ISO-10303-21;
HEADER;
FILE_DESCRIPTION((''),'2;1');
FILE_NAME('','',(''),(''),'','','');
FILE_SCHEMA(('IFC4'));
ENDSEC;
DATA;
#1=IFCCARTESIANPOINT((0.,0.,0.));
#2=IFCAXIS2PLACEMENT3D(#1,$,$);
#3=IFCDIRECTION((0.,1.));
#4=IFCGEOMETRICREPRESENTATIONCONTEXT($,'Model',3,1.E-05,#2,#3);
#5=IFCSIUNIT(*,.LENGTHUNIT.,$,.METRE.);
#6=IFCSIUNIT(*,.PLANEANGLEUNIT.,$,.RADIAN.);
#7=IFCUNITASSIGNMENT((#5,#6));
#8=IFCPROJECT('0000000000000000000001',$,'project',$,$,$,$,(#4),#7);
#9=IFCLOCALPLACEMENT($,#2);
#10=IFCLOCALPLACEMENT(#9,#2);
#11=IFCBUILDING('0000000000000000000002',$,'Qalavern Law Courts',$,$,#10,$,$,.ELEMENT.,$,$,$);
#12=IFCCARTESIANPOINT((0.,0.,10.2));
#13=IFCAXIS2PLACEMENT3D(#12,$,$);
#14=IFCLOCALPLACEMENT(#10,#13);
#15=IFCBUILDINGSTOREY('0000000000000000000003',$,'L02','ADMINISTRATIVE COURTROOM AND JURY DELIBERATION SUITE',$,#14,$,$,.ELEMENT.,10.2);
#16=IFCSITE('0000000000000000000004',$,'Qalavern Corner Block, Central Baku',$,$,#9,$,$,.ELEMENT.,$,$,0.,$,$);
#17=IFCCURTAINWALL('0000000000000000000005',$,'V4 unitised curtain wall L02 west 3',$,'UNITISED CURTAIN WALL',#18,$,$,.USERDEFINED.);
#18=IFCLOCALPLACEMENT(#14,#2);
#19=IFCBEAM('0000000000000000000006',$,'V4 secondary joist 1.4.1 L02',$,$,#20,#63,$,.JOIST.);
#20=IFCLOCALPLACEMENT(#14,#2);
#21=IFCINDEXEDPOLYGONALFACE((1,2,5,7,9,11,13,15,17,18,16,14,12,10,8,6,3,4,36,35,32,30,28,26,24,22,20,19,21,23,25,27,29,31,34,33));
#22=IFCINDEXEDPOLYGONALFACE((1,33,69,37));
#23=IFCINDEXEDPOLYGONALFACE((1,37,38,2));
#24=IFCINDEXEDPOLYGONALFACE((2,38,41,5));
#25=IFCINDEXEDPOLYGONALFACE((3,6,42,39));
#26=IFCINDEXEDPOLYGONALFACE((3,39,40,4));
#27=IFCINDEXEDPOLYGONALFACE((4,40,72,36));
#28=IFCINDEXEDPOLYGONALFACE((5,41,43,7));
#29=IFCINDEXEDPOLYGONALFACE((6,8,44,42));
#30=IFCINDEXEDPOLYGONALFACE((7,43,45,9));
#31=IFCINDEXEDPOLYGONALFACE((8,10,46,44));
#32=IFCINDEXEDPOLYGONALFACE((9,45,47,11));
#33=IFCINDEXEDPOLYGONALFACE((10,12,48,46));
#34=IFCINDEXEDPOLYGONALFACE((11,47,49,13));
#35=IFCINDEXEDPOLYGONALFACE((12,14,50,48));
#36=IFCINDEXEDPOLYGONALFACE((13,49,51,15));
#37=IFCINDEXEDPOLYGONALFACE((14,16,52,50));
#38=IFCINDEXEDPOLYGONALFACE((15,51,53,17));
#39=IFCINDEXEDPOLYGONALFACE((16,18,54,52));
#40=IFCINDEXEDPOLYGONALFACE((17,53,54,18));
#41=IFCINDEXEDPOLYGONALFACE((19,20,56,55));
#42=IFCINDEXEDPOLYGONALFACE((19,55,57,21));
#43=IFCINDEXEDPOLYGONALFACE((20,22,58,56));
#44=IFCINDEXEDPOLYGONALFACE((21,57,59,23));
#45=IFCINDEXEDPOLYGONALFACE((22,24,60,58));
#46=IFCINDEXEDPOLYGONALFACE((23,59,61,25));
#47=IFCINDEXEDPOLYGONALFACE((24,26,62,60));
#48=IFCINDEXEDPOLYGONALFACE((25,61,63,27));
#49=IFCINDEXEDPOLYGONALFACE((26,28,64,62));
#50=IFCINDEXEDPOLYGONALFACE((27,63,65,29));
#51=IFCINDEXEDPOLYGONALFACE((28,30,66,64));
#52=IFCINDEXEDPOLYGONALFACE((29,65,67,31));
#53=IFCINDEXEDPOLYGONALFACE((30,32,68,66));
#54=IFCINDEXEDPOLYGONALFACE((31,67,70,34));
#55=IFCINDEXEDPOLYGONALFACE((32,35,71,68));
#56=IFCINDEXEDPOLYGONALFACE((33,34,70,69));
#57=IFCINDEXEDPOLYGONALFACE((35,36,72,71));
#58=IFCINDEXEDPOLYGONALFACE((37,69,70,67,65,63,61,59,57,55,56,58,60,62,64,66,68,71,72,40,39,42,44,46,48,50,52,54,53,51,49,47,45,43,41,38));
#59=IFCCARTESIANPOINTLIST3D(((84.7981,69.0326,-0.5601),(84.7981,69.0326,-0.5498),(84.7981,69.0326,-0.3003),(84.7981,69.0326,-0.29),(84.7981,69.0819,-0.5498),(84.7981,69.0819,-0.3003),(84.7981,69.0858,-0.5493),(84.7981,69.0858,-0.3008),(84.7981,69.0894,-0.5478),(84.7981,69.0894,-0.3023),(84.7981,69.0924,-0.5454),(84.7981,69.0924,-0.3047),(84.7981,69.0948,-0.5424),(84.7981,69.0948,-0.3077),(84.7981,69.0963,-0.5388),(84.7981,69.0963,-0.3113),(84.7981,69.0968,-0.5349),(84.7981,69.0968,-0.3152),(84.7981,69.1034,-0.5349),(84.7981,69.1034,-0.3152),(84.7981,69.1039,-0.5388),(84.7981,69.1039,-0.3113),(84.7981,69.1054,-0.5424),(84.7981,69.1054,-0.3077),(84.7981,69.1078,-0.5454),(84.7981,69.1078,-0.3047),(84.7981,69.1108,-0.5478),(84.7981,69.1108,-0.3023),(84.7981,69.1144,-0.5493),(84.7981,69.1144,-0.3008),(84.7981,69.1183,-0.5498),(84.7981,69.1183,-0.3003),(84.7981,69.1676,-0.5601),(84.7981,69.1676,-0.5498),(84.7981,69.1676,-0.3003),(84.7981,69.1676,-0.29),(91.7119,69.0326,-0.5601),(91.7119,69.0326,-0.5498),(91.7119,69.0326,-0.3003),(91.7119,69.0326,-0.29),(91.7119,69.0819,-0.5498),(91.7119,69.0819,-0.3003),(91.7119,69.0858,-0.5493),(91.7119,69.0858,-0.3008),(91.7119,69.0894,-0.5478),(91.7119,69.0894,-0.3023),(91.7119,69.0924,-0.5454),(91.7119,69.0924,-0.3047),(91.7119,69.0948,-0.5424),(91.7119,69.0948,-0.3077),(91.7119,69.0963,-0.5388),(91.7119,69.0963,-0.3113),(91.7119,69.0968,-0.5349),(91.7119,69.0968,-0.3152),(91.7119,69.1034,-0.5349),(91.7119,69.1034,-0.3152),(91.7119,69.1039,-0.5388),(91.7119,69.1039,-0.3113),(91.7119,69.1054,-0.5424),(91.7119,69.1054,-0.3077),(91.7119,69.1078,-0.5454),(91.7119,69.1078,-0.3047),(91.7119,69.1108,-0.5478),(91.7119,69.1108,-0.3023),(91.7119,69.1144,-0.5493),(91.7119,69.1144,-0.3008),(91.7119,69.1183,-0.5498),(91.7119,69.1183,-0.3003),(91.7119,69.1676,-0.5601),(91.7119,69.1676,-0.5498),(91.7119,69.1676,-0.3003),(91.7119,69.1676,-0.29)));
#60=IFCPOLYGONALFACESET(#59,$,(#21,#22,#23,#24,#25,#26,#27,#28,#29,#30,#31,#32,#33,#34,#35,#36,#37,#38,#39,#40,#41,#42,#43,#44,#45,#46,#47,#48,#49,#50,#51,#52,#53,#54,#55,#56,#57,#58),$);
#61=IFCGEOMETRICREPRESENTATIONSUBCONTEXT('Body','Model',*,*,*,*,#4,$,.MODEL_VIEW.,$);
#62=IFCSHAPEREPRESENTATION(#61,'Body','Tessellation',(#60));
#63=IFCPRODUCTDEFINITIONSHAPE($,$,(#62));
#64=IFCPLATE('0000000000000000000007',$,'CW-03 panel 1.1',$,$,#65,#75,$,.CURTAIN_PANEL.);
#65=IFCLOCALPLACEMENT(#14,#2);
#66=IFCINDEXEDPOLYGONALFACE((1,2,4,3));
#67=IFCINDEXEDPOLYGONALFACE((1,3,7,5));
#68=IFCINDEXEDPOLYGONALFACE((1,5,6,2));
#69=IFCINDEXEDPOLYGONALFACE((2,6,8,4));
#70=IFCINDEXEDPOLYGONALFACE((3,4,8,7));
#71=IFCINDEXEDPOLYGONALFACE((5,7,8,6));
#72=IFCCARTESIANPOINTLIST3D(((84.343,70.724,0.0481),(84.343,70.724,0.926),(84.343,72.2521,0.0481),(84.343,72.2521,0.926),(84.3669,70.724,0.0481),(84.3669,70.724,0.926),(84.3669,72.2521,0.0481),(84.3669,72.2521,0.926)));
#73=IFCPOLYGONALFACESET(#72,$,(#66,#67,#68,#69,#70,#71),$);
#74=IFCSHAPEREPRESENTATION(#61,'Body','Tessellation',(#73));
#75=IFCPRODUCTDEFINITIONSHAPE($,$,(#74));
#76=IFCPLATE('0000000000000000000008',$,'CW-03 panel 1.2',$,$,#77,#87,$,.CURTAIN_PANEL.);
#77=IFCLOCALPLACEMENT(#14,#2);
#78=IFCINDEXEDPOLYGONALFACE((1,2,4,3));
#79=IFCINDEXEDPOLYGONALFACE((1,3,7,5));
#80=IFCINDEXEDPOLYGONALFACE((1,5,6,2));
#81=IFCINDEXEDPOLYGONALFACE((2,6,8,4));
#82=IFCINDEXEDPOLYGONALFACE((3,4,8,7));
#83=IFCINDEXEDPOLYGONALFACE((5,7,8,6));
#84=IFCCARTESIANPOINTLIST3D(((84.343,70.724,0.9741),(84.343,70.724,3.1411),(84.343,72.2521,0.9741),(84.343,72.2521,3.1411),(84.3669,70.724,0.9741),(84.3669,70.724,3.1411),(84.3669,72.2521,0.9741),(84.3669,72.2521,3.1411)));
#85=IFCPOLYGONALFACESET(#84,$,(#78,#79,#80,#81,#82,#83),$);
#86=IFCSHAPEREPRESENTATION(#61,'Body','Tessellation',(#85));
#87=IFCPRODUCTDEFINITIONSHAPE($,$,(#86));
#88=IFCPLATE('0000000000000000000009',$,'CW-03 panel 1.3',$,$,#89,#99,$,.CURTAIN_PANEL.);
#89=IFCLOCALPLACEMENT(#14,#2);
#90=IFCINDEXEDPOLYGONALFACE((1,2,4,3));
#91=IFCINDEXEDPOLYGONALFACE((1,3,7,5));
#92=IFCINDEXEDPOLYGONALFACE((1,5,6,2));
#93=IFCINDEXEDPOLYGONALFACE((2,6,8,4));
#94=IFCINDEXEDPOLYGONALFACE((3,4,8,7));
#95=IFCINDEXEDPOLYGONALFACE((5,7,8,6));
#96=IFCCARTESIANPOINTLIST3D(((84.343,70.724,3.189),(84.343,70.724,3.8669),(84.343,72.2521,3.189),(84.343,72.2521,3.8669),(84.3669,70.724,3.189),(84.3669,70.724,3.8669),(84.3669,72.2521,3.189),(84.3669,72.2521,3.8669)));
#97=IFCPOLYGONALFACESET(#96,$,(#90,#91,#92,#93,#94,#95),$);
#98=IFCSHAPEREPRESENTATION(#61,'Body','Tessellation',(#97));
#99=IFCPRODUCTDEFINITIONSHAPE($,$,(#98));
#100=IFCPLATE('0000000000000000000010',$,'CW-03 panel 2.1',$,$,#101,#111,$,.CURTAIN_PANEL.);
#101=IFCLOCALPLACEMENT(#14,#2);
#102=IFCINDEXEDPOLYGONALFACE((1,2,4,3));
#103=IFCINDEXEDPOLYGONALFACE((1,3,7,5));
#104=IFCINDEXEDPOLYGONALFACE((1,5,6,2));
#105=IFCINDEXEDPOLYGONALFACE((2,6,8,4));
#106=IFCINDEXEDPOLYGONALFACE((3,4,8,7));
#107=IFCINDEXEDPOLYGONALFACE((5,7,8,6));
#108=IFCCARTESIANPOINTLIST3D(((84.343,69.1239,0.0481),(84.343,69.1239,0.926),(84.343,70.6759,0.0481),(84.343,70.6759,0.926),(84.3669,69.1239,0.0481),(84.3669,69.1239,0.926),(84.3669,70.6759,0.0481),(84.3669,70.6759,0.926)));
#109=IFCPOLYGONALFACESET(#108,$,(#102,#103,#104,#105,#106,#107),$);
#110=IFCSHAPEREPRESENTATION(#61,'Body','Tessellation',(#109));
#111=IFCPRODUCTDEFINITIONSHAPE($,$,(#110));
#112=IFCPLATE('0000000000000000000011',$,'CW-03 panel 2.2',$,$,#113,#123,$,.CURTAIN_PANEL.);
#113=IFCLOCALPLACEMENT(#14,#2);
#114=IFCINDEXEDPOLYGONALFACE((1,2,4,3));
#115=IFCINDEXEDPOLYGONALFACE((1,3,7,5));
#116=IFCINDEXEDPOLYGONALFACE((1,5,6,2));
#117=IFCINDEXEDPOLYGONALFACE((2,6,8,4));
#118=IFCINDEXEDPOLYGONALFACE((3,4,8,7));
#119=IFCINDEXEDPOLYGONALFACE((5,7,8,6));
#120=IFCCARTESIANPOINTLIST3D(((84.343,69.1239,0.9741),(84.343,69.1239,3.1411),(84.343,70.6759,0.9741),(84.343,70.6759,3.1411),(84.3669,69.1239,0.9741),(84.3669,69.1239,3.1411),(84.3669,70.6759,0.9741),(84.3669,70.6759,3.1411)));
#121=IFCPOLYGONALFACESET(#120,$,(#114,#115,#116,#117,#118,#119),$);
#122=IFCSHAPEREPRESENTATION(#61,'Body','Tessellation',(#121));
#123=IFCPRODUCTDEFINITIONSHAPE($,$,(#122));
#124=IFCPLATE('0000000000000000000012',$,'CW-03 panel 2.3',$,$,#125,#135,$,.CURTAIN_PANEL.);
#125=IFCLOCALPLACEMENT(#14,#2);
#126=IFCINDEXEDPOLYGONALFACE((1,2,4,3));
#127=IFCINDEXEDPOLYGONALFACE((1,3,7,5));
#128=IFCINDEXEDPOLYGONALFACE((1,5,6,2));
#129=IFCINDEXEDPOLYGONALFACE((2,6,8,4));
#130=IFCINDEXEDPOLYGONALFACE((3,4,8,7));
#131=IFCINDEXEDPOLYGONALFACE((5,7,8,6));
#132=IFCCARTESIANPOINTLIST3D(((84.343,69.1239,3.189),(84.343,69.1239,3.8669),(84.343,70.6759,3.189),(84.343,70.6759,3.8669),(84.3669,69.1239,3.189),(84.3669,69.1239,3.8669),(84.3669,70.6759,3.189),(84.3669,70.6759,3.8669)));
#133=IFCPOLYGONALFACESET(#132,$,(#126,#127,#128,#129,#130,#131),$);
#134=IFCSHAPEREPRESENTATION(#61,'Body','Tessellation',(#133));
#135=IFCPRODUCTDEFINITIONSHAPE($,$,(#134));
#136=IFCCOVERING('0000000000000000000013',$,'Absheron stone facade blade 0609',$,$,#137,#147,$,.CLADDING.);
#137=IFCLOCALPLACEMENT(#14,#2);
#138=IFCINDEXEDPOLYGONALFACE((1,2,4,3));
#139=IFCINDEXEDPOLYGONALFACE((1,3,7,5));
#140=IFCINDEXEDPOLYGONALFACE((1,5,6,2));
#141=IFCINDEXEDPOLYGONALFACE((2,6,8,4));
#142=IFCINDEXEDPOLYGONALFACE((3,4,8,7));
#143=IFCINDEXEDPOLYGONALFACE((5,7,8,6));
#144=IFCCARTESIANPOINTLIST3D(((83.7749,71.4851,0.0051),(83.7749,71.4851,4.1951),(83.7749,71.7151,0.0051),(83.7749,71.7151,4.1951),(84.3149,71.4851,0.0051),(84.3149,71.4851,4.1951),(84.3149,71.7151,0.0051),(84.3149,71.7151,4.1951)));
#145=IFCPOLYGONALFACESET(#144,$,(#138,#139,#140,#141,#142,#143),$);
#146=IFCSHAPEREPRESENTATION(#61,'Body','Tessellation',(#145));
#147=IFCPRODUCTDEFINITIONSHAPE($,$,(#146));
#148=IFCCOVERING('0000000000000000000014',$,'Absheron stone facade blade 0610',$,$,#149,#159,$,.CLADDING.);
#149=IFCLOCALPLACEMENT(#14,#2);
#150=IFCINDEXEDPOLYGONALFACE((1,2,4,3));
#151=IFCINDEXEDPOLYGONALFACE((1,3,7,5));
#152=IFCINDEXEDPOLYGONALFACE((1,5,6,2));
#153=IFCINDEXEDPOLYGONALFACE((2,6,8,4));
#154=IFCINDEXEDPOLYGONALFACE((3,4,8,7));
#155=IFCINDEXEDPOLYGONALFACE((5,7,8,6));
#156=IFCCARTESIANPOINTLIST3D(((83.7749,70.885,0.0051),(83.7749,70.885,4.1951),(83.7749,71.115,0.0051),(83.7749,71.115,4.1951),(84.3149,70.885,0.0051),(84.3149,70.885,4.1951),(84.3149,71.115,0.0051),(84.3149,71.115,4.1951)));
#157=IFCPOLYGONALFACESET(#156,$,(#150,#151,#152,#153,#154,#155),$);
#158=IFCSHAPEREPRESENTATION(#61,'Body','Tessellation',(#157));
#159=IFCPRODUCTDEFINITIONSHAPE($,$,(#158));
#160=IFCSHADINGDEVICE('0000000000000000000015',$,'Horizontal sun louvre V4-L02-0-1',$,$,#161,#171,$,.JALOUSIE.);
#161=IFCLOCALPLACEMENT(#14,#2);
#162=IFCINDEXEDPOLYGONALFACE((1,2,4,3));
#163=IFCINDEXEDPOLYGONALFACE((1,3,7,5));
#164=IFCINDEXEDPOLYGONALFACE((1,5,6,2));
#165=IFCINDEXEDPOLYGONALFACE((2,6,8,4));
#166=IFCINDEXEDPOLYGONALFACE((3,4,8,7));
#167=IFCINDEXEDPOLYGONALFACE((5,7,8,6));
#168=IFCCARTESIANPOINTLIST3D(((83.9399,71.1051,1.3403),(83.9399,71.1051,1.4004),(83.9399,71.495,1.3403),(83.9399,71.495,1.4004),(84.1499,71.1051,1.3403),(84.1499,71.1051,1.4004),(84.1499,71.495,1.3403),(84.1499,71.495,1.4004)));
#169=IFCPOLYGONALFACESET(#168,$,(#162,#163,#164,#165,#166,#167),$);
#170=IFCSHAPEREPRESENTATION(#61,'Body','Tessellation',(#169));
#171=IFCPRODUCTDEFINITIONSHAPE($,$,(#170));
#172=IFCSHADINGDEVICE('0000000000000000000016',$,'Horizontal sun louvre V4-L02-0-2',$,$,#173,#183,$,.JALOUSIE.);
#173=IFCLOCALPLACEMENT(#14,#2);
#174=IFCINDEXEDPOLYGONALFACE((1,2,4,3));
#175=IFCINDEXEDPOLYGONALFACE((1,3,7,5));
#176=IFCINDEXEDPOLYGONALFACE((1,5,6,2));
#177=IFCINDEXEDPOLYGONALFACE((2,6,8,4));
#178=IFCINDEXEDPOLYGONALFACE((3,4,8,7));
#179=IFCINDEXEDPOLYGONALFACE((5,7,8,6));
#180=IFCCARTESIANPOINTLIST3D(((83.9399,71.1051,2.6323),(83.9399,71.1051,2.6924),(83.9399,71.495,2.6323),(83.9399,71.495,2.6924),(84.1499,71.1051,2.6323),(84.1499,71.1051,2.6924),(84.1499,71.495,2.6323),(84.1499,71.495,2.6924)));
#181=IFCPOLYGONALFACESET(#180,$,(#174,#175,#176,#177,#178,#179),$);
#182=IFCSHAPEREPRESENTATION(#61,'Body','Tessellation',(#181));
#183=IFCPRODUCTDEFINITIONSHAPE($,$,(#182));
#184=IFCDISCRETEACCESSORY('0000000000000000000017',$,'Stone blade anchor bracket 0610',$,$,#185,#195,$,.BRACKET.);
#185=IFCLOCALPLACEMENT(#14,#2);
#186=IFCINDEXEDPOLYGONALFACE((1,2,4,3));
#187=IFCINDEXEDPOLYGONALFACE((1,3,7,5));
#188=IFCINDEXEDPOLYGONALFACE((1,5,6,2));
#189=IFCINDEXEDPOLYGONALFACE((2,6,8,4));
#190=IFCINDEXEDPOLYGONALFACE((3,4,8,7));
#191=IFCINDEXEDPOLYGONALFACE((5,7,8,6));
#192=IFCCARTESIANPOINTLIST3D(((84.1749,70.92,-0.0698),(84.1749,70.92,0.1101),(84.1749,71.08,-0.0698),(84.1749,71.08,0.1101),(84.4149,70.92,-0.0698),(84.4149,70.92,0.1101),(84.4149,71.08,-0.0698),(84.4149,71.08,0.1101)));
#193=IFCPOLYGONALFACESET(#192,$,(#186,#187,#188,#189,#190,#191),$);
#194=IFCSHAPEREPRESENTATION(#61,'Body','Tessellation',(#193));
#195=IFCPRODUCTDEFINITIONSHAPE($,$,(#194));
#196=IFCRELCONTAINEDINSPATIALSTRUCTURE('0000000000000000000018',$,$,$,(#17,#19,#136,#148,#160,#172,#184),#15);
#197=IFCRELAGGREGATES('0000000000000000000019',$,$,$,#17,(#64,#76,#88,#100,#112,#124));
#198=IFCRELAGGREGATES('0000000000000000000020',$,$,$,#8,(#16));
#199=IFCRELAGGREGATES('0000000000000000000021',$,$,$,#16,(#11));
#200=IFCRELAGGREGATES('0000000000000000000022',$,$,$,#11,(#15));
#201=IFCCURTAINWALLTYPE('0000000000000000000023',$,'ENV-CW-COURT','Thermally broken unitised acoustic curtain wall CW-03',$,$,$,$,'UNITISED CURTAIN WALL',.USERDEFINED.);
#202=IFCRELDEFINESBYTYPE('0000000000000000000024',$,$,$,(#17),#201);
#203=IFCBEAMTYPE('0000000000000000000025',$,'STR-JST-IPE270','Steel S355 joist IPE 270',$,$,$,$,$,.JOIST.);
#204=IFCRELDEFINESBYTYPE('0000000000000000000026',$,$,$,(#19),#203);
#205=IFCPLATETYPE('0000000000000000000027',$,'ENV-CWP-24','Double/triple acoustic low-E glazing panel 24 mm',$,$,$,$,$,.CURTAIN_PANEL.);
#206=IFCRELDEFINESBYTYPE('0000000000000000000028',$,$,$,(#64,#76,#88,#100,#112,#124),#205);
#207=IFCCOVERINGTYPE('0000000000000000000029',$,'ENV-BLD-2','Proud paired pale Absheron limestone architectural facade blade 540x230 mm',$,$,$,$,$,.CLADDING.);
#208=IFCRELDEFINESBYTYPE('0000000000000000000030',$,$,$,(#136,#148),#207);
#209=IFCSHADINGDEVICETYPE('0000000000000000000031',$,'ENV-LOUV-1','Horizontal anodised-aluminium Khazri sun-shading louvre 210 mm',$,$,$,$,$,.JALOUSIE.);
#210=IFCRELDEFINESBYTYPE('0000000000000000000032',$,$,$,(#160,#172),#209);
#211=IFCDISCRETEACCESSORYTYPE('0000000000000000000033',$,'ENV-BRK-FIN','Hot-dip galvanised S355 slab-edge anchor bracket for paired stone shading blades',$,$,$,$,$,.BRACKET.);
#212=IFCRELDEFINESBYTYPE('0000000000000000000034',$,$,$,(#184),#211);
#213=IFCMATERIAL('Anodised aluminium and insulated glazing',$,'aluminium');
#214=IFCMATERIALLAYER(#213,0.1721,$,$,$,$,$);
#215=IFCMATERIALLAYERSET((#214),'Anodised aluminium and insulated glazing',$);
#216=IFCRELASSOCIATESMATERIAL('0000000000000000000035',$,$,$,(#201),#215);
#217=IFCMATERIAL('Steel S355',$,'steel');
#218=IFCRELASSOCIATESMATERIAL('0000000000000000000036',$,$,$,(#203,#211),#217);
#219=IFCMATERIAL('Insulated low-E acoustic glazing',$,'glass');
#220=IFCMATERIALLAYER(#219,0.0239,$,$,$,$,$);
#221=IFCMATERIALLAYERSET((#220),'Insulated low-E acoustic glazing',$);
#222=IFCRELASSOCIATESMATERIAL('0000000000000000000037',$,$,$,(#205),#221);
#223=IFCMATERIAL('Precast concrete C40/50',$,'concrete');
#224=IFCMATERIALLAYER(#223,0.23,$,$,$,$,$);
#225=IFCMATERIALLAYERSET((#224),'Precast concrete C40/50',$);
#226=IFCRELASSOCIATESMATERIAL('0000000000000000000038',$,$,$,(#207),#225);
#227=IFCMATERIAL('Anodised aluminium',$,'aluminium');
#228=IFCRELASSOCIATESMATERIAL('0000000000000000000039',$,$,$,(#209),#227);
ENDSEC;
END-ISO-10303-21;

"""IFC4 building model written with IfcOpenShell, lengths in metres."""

from ifc_helpers import new_model, si_unit, direction, frame, origin, origin_2d, place, context, subcontext, project, spatial, rectangle, i_section, extrude, material, layer, layer_set, material_profile, profile_set, type_object, element, aggregate, save


model = new_model("IFC4")

# Units and contexts
model_context = context("Model", 3, precision=1e-05, world=origin(), true_north=direction((0.0, 1.0)))
body_context = subcontext(model_context, "Body", "Model", "MODEL_VIEW")
ifc_project = project(units=[si_unit("LENGTHUNIT", "METRE"), si_unit("PLANEANGLEUNIT", "RADIAN")], contexts=[model_context])

# Site, building, storey
site_placement = place(None, origin())
site = spatial("IfcSite", under=ifc_project, at=site_placement, Name="Qalavern Corner Block, Central Baku", CompositionType="ELEMENT", RefElevation=0.0)
building_placement = place(site_placement, origin())
building = spatial("IfcBuilding", under=site, at=building_placement, Name="Qalavern Law Courts", CompositionType="ELEMENT")
storey_placement = place(building_placement, frame((0.0, 0.0, 10.2)))
storey = spatial("IfcBuildingStorey", under=building, at=storey_placement, Name="L02", Description="ADMINISTRATIVE COURTROOM AND JURY DELIBERATION SUITE", CompositionType="ELEMENT", Elevation=10.2)

# Curtain wall
ifc_material_1 = material(Name="Anodised aluminium and insulated glazing", Category="aluminium")
ifc_layer_1 = layer(ifc_material_1, 0.1721)
ifc_layer_set_1 = layer_set([ifc_layer_1], Name="Anodised aluminium and insulated glazing")
curtain_wall_type = type_object("IfcCurtainWallType", Name="ENV-CW-COURT", Description="Thermally broken unitised acoustic curtain wall CW-03", ElementType="UNITISED CURTAIN WALL", PredefinedType="USERDEFINED", material=ifc_layer_set_1)
curtain_wall_placement = place(storey_placement, origin())
curtain_wall = element("IfcCurtainWall", 1, at=curtain_wall_placement, inside=storey, type_object=curtain_wall_type, Name="V4 unitised curtain wall L02 west 3", ObjectType="UNITISED CURTAIN WALL", PredefinedType="USERDEFINED")
ifc_material_2 = material(Name="Anodised aluminium", Category="aluminium")

# Beam
ifc_material_3 = material(Name="Steel S355", Category="steel")
ifc_material_profile_1 = material_profile(ifc_material_3, i_section(OverallWidth=0.135, OverallDepth=0.27, WebThickness=0.0066, FlangeThickness=0.0103, FilletRadius=0.0149, at=origin_2d()), Name="IPE 270")
ifc_profile_set_1 = profile_set([ifc_material_profile_1], Name="Steel S355")
beam_type = type_object("IfcBeamType", Name="STR-JST-IPE270", Description="Steel S355 joist IPE 270", PredefinedType="JOIST", material=ifc_profile_set_1)
beam_placement = place(storey_placement, frame((84.7981, 69.1001, -0.425), z_axis=(1.0, 0.0, 0.0), x_axis=(0.0, 1.0, 0.0)))
element("IfcBeam", 2, at=beam_placement, inside=storey, type_object=beam_type, Name="V4 secondary joist 1.4.1 L02", PredefinedType="JOIST", context=body_context, shape_type="SweptSolid", body=[
    extrude(i_section(OverallWidth=0.135, OverallDepth=0.27, WebThickness=0.0066, FlangeThickness=0.0103, FilletRadius=0.0149, at=origin_2d()), origin(), (0.0, 0.0, 1.0), 6.9138),
])

# Plates
ifc_material_4 = material(Name="Insulated low-E acoustic glazing", Category="glass")
ifc_layer_2 = layer(ifc_material_4, 0.0239)
ifc_layer_set_2 = layer_set([ifc_layer_2], Name="Insulated low-E acoustic glazing")
plate_type = type_object("IfcPlateType", Name="ENV-CWP-24", Description="Double/triple acoustic low-E glazing panel 24 mm", PredefinedType="CURTAIN_PANEL", material=ifc_layer_set_2)
plate_1_placement = place(storey_placement, frame((84.355, 71.488, 0.0481), z_axis=(0.0, 0.0, 1.0), x_axis=(0.0, -1.0, 0.0)))
plate_1 = element("IfcPlate", 3, at=plate_1_placement, type_object=plate_type, Name="CW-03 panel 1.1", PredefinedType="CURTAIN_PANEL", context=body_context, shape_type="SweptSolid", body=[
    extrude(rectangle(XDim=1.5281, YDim=0.0239, at=origin_2d()), origin(), (0.0, 0.0, 1.0), 0.8779),
])
plate_2_placement = place(storey_placement, frame((84.355, 71.488, 0.9741), z_axis=(0.0, 0.0, 1.0), x_axis=(0.0, -1.0, 0.0)))
plate_2 = element("IfcPlate", 4, at=plate_2_placement, type_object=plate_type, Name="CW-03 panel 1.2", PredefinedType="CURTAIN_PANEL", context=body_context, shape_type="SweptSolid", body=[
    extrude(rectangle(XDim=1.5281, YDim=0.0239, at=origin_2d()), origin(), (0.0, 0.0, 1.0), 2.167),
])
plate_3_placement = place(storey_placement, frame((84.355, 71.488, 3.189), z_axis=(0.0, 0.0, 1.0), x_axis=(0.0, -1.0, 0.0)))
plate_3 = element("IfcPlate", 5, at=plate_3_placement, type_object=plate_type, Name="CW-03 panel 1.3", PredefinedType="CURTAIN_PANEL", context=body_context, shape_type="SweptSolid", body=[
    extrude(rectangle(XDim=1.5281, YDim=0.0239, at=origin_2d()), origin(), (0.0, 0.0, 1.0), 0.678),
])
plate_4_placement = place(storey_placement, frame((84.355, 69.8999, 0.0481), z_axis=(0.0, 0.0, 1.0), x_axis=(0.0, -1.0, 0.0)))
plate_4 = element("IfcPlate", 6, at=plate_4_placement, type_object=plate_type, Name="CW-03 panel 2.1", PredefinedType="CURTAIN_PANEL", context=body_context, shape_type="SweptSolid", body=[
    extrude(rectangle(XDim=1.552, YDim=0.0239, at=origin_2d()), origin(), (0.0, 0.0, 1.0), 0.8779),
])
plate_5_placement = place(storey_placement, frame((84.355, 69.8999, 0.9741), z_axis=(0.0, 0.0, 1.0), x_axis=(0.0, -1.0, 0.0)))
plate_5 = element("IfcPlate", 7, at=plate_5_placement, type_object=plate_type, Name="CW-03 panel 2.2", PredefinedType="CURTAIN_PANEL", context=body_context, shape_type="SweptSolid", body=[
    extrude(rectangle(XDim=1.552, YDim=0.0239, at=origin_2d()), origin(), (0.0, 0.0, 1.0), 2.167),
])
plate_6_placement = place(storey_placement, frame((84.355, 69.8999, 3.189), z_axis=(0.0, 0.0, 1.0), x_axis=(0.0, -1.0, 0.0)))
plate_6 = element("IfcPlate", 8, at=plate_6_placement, type_object=plate_type, Name="CW-03 panel 2.3", PredefinedType="CURTAIN_PANEL", context=body_context, shape_type="SweptSolid", body=[
    extrude(rectangle(XDim=1.552, YDim=0.0239, at=origin_2d()), origin(), (0.0, 0.0, 1.0), 0.678),
])
aggregate(curtain_wall, [plate_1, plate_2, plate_3, plate_4, plate_5, plate_6])

# Coverings
ifc_material_5 = material(Name="Precast concrete C40/50", Category="concrete")
ifc_layer_3 = layer(ifc_material_5, 0.23)
ifc_layer_set_3 = layer_set([ifc_layer_3], Name="Precast concrete C40/50")
covering_type = type_object("IfcCoveringType", Name="ENV-BLD-2", Description="Proud paired pale Absheron limestone architectural facade blade 540x230 mm", PredefinedType="CLADDING", material=ifc_layer_set_3)
for number, where, z_axis, x_axis, name in (
    (9, (84.0449, 71.6001, 0.0051), (0.0, 0.0, 1.0), (-1.0, 0.0, 0.0), "Absheron stone facade blade 0609"),
    (10, (84.0449, 71.0, 0.0051), (0.0, 0.0, 1.0), (-1.0, 0.0, 0.0), "Absheron stone facade blade 0610"),
):
    element("IfcCovering", number, at=place(storey_placement, frame(where, z_axis=z_axis, x_axis=x_axis)), inside=storey, type_object=covering_type, Name=name, PredefinedType="CLADDING", context=body_context, shape_type="SweptSolid", body=[
        extrude(rectangle(XDim=0.54, YDim=0.23, at=origin_2d()), origin(), (0.0, 0.0, 1.0), 4.1899),
    ])

# Shading devices
shading_device_type = type_object("IfcShadingDeviceType", Name="ENV-LOUV-1", Description="Horizontal anodised-aluminium Khazri sun-shading louvre 210 mm", PredefinedType="JALOUSIE", material=ifc_material_2)
for number, where, z_axis, x_axis, name in (
    (11, (84.0449, 71.3, 1.3403), (0.0, 0.0, 1.0), (0.0, -1.0, 0.0), "Horizontal sun louvre V4-L02-0-1"),
    (12, (84.0449, 71.3, 2.6323), (0.0, 0.0, 1.0), (0.0, -1.0, 0.0), "Horizontal sun louvre V4-L02-0-2"),
):
    element("IfcShadingDevice", number, at=place(storey_placement, frame(where, z_axis=z_axis, x_axis=x_axis)), inside=storey, type_object=shading_device_type, Name=name, PredefinedType="JALOUSIE", context=body_context, shape_type="SweptSolid", body=[
        extrude(rectangle(XDim=0.3899, YDim=0.21, at=origin_2d()), origin(), (0.0, 0.0, 1.0), 0.0601),
    ])

# Discrete accessory
discrete_accessory_type = type_object("IfcDiscreteAccessoryType", Name="ENV-BRK-FIN", Description="Hot-dip galvanised S355 slab-edge anchor bracket for paired stone shading blades", PredefinedType="BRACKET", material=ifc_material_3)
discrete_accessory_placement = place(storey_placement, frame((84.2949, 71.0, -0.0698), z_axis=(0.0, 0.0, 1.0), x_axis=(-1.0, 0.0, 0.0)))
element("IfcDiscreteAccessory", 13, at=discrete_accessory_placement, inside=storey, type_object=discrete_accessory_type, Name="Stone blade anchor bracket 0610", PredefinedType="BRACKET", context=body_context, shape_type="SweptSolid", body=[
    extrude(rectangle(XDim=0.24, YDim=0.1599, at=origin_2d()), origin(), (0.0, 0.0, 1.0), 0.1799),
])

save(model, "model.ifc")
